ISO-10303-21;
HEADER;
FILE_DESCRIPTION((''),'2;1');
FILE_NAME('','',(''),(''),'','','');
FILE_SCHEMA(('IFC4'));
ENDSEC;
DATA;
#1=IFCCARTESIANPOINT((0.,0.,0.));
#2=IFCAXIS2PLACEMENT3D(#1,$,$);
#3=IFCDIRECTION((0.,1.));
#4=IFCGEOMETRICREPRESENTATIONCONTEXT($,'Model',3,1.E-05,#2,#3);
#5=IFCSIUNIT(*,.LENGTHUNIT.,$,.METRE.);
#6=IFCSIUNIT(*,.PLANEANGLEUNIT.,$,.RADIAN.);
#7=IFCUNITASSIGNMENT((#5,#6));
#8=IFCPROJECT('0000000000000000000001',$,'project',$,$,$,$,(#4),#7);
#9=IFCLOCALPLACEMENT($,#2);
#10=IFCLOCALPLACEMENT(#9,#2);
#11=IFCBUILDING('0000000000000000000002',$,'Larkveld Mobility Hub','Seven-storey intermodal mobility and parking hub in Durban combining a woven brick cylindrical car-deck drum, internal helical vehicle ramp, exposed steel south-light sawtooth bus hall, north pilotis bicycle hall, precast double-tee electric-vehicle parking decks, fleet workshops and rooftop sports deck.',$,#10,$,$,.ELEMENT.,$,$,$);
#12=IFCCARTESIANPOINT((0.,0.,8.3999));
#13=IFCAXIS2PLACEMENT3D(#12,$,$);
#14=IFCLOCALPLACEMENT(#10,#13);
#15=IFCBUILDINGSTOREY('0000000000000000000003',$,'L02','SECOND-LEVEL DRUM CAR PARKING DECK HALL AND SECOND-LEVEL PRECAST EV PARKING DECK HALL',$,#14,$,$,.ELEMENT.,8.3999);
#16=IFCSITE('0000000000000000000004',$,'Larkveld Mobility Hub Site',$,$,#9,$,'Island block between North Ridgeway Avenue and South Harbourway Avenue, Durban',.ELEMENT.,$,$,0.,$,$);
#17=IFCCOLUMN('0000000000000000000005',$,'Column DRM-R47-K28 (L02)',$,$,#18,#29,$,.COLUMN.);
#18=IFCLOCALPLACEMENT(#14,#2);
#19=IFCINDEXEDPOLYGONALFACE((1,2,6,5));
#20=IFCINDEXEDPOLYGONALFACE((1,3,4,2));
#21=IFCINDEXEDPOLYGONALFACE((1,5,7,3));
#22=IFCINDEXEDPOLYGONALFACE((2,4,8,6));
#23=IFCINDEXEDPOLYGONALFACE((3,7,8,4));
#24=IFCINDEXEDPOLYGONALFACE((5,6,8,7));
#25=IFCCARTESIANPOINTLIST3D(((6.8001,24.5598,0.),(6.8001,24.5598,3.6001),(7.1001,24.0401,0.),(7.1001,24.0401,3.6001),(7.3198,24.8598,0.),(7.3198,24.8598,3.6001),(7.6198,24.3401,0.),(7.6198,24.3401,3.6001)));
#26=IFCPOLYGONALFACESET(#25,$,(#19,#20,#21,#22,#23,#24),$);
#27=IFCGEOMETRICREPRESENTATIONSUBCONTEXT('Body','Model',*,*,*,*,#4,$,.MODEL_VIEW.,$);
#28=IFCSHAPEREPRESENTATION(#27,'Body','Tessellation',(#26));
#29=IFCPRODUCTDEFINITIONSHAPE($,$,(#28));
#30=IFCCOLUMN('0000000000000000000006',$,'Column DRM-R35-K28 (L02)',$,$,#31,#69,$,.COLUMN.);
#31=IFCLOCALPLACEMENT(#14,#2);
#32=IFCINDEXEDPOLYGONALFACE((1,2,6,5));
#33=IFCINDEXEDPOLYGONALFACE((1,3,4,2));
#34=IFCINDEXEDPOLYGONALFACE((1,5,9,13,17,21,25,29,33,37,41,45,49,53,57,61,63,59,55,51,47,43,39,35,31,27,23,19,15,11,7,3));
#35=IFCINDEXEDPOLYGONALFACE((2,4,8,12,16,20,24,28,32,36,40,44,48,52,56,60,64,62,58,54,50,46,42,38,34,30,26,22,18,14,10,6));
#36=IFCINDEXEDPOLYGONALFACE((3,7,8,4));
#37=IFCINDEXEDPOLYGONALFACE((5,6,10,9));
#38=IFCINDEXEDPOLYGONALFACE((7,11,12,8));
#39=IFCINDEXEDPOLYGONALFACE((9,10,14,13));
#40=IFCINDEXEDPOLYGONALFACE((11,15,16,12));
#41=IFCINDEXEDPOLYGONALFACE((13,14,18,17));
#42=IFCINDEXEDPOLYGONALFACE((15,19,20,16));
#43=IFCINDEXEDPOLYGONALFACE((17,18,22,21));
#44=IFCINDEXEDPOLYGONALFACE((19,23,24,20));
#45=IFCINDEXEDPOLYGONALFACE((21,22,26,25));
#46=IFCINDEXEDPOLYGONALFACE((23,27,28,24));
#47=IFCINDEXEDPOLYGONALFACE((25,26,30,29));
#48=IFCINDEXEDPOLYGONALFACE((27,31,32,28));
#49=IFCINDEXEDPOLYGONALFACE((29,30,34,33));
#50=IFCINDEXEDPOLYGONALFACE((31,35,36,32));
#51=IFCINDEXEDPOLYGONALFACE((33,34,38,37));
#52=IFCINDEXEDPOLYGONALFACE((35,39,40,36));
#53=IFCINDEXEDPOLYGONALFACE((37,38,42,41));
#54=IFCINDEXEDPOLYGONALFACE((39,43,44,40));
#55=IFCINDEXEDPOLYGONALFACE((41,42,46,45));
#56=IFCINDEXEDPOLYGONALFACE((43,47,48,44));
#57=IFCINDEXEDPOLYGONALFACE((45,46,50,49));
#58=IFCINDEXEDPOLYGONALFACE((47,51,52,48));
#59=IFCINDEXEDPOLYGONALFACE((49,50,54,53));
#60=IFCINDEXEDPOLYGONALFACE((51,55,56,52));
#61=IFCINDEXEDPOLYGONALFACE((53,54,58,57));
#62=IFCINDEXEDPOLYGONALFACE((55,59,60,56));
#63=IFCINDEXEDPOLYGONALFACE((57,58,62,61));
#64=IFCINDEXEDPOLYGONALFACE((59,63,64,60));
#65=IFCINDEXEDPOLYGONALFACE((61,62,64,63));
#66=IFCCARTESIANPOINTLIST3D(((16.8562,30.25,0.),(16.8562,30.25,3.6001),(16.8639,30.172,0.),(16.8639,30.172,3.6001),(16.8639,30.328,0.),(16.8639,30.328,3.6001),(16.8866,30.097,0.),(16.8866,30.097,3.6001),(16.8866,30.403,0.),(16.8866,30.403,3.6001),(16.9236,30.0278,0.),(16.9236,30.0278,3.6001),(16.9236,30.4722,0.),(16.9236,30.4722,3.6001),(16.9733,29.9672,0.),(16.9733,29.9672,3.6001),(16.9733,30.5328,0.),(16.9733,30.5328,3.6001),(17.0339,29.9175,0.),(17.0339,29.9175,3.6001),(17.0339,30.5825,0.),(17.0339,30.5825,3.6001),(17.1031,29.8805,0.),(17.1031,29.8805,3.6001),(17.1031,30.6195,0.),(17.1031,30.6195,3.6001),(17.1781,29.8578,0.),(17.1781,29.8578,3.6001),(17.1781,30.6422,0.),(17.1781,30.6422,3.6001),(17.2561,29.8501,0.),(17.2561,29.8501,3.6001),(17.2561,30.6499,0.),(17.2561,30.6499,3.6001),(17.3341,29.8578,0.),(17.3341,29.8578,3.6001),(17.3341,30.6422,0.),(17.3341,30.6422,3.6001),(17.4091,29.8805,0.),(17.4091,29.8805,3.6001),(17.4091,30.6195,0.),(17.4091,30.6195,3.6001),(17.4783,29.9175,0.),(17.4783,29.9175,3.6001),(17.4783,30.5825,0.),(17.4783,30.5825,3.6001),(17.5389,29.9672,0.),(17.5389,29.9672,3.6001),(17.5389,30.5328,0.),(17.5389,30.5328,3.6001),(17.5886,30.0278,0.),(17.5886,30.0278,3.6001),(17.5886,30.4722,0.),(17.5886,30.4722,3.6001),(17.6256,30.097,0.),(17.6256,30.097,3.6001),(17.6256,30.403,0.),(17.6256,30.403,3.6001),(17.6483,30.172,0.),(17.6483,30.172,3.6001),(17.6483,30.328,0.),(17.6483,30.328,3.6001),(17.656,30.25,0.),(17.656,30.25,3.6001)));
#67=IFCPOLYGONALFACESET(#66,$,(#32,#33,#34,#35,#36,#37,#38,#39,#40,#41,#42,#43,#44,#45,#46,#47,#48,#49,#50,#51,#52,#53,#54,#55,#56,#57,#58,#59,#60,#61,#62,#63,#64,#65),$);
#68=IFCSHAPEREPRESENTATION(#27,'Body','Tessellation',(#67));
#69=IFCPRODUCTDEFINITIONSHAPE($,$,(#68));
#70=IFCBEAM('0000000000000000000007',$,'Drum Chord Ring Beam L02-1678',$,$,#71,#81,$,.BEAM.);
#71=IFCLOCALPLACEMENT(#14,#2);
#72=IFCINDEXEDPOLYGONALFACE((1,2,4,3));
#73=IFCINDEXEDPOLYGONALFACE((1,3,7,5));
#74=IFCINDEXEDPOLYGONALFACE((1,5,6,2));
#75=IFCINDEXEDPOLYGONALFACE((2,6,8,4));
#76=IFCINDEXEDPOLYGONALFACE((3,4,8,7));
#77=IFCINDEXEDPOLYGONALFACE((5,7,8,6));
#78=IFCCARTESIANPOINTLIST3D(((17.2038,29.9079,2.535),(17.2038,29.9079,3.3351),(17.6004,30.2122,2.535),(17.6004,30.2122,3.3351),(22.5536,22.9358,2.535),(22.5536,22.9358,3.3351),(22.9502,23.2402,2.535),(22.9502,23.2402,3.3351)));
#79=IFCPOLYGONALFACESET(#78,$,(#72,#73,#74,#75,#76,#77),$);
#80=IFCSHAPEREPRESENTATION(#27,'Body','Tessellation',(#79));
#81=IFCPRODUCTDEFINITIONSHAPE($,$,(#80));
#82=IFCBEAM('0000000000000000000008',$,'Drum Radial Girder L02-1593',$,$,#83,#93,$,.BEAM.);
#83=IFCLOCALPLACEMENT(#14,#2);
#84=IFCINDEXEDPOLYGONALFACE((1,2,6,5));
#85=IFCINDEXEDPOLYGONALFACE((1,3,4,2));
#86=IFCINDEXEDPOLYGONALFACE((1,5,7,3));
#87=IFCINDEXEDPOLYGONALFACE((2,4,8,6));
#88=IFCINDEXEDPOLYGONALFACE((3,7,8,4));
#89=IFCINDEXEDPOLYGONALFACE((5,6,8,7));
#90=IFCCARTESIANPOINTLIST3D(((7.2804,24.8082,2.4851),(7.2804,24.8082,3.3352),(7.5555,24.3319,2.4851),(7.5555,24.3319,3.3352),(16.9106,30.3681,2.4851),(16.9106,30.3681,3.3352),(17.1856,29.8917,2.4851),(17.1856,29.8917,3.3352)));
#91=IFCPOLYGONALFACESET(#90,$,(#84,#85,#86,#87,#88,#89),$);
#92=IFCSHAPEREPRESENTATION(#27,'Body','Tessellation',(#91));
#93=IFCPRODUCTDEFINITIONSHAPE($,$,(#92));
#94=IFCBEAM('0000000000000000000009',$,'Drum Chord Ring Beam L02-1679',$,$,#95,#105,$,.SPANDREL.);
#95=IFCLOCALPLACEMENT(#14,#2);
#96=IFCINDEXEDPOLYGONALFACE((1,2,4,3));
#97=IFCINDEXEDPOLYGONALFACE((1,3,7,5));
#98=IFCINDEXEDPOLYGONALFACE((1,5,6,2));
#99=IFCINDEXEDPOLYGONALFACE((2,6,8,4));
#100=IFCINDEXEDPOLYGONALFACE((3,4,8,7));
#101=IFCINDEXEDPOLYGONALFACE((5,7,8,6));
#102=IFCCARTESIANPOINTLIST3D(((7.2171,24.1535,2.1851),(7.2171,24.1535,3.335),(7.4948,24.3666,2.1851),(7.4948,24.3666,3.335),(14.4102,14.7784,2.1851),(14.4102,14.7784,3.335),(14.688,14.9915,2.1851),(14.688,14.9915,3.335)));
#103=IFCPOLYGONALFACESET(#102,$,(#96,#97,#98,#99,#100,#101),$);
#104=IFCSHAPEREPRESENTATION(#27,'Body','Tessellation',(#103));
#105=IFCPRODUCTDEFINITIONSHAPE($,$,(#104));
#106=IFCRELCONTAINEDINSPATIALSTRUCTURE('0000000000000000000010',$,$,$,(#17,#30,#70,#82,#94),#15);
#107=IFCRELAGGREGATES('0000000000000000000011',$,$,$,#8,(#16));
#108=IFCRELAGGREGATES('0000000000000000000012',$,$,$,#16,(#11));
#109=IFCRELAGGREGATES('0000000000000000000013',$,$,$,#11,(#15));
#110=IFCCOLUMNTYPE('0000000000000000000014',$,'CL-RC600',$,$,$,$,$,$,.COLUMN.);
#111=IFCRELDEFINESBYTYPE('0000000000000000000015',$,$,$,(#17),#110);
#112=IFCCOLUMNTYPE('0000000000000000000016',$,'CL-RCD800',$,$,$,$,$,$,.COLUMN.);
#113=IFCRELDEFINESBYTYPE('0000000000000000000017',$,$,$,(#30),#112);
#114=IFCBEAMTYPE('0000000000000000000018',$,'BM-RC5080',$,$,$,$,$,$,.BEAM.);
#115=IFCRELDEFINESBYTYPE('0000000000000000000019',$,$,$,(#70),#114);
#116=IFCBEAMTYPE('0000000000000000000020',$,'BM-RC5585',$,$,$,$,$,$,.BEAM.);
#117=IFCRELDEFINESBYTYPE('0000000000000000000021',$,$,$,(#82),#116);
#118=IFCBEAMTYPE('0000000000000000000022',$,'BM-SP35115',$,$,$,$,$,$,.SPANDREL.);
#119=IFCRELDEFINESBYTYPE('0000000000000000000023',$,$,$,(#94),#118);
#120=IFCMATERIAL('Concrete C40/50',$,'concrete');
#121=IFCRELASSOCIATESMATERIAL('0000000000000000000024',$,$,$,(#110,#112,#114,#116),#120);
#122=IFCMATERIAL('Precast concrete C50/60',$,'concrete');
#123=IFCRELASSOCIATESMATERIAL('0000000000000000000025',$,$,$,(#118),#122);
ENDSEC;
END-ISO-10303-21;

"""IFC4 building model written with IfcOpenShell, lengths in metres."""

from ifc_helpers import new_model, si_unit, direction, frame, origin, origin_2d, place, context, subcontext, project, spatial, rectangle, circle, extrude, material, material_profile, profile_set, type_object, element, save


model = new_model("IFC4")

# Units and contexts
model_context = context("Model", 3, precision=1e-05, world=origin(), true_north=direction((0.0, 1.0)))
body_context = subcontext(model_context, "Body", "Model", "MODEL_VIEW")
ifc_project = project(units=[si_unit("LENGTHUNIT", "METRE"), si_unit("PLANEANGLEUNIT", "RADIAN")], contexts=[model_context])

# Site, building, storey
site_placement = place(None, origin())
site = spatial("IfcSite", under=ifc_project, at=site_placement, Name="Larkveld Mobility Hub Site", LongName="Island block between North Ridgeway Avenue and South Harbourway Avenue, Durban", CompositionType="ELEMENT", RefElevation=0.0)
building_placement = place(site_placement, origin())
building = spatial("IfcBuilding", under=site, at=building_placement, Name="Larkveld Mobility Hub", Description="Seven-storey intermodal mobility and parking hub in Durban combining a woven brick cylindrical car-deck drum, internal helical vehicle ramp, exposed steel south-light sawtooth bus hall, north pilotis bicycle hall, precast double-tee electric-vehicle parking decks, fleet workshops and rooftop sports deck.", CompositionType="ELEMENT")
storey_placement = place(building_placement, frame((0.0, 0.0, 8.3999)))
storey = spatial("IfcBuildingStorey", under=building, at=storey_placement, Name="L02", Description="SECOND-LEVEL DRUM CAR PARKING DECK HALL AND SECOND-LEVEL PRECAST EV PARKING DECK HALL", CompositionType="ELEMENT", Elevation=8.3999)

# Columns
ifc_material_1 = material(Name="Concrete C40/50", Category="concrete")
ifc_material_profile_1 = material_profile(ifc_material_1, rectangle(XDim=0.6001, YDim=0.6001, at=origin_2d()), Name="RC COL 600x600")
ifc_profile_set_1 = profile_set([ifc_material_profile_1], Name="Concrete C40/50")
column_type_1 = type_object("IfcColumnType", Name="CL-RC600", PredefinedType="COLUMN", material=ifc_profile_set_1)
column_1_placement = place(storey_placement, frame((7.21, 24.45, 0.0), z_axis=(0.0, 0.0, 1.0), x_axis=(0.866025, 0.5, 0.0)))
element("IfcColumn", 1, at=column_1_placement, inside=storey, type_object=column_type_1, Name="Column DRM-R47-K28 (L02)", PredefinedType="COLUMN", context=body_context, shape_type="SweptSolid", body=[
    extrude(rectangle(XDim=0.6001, YDim=0.6001, at=origin_2d()), origin(), (0.0, 0.0, 1.0), 3.6001),
])
ifc_material_profile_2 = material_profile(ifc_material_1, circle(Radius=0.3999, at=origin_2d()), Name="RC COL D800")
ifc_profile_set_2 = profile_set([ifc_material_profile_2], Name="Concrete C40/50")
column_type_2 = type_object("IfcColumnType", Name="CL-RCD800", PredefinedType="COLUMN", material=ifc_profile_set_2)
column_2_placement = place(storey_placement, frame((17.2561, 30.25, 0.0), z_axis=(0.0, 0.0, 1.0), x_axis=(1.0, 0.0, 0.0)))
element("IfcColumn", 2, at=column_2_placement, inside=storey, type_object=column_type_2, Name="Column DRM-R35-K28 (L02)", PredefinedType="COLUMN", context=body_context, shape_type="SweptSolid", body=[
    extrude(circle(Radius=0.3999, at=origin_2d()), origin(), (0.0, 0.0, 1.0), 3.6001),
])

# Beams
ifc_material_profile_3 = material_profile(ifc_material_1, rectangle(XDim=0.5, YDim=0.8, at=origin_2d()), Name="RC BM 500x800")
ifc_profile_set_3 = profile_set([ifc_material_profile_3], Name="Concrete C40/50")
beam_type_1 = type_object("IfcBeamType", Name="BM-RC5080", PredefinedType="BEAM", material=ifc_profile_set_3)
beam_1_placement = place(storey_placement, frame((17.4021, 30.0601, 2.9351), z_axis=(0.608756, -0.793358, 0.0), x_axis=(0.793358, 0.608756, 0.0)))
element("IfcBeam", 3, at=beam_1_placement, inside=storey, type_object=beam_type_1, Name="Drum Chord Ring Beam L02-1678", PredefinedType="BEAM", context=body_context, shape_type="SweptSolid", body=[
    extrude(rectangle(XDim=0.5, YDim=0.8, at=origin_2d()), origin(), (0.0, 0.0, 1.0), 8.7881),
])
ifc_material_profile_4 = material_profile(ifc_material_1, rectangle(XDim=0.55, YDim=0.8501, at=origin_2d()), Name="RC BM 550x850")
ifc_profile_set_4 = profile_set([ifc_material_profile_4], Name="Concrete C40/50")
beam_type_2 = type_object("IfcBeamType", Name="BM-RC5585", PredefinedType="BEAM", material=ifc_profile_set_4)
beam_2_placement = place(storey_placement, frame((17.0481, 30.1299, 2.9102), z_axis=(-0.866031, -0.49999, 0.0), x_axis=(0.49999, -0.866031, 0.0)))
element("IfcBeam", 4, at=beam_2_placement, inside=storey, type_object=beam_type_2, Name="Drum Radial Girder L02-1593", PredefinedType="BEAM", context=body_context, shape_type="SweptSolid", body=[
    extrude(rectangle(XDim=0.55, YDim=0.8501, at=origin_2d()), origin(), (0.0, 0.0, 1.0), 11.1199),
])
ifc_material_2 = material(Name="Precast concrete C50/60", Category="concrete")
ifc_material_profile_5 = material_profile(ifc_material_2, rectangle(XDim=0.3501, YDim=1.1499, at=origin_2d()), Name="PC SP 350x1150")
ifc_profile_set_5 = profile_set([ifc_material_profile_5], Name="Precast concrete C50/60")
beam_type_3 = type_object("IfcBeamType", Name="BM-SP35115", PredefinedType="SPANDREL", material=ifc_profile_set_5)
beam_3_placement = place(storey_placement, frame((7.356, 24.26, 2.76), z_axis=(0.608731, -0.793377, 0.0), x_axis=(0.793377, 0.608731, 0.0)))
element("IfcBeam", 5, at=beam_3_placement, inside=storey, type_object=beam_type_3, Name="Drum Chord Ring Beam L02-1679", PredefinedType="SPANDREL", context=body_context, shape_type="SweptSolid", body=[
    extrude(rectangle(XDim=0.3501, YDim=1.1499, at=origin_2d()), origin(), (0.0, 0.0, 1.0), 11.8167),
])

save(model, "model.ifc")
